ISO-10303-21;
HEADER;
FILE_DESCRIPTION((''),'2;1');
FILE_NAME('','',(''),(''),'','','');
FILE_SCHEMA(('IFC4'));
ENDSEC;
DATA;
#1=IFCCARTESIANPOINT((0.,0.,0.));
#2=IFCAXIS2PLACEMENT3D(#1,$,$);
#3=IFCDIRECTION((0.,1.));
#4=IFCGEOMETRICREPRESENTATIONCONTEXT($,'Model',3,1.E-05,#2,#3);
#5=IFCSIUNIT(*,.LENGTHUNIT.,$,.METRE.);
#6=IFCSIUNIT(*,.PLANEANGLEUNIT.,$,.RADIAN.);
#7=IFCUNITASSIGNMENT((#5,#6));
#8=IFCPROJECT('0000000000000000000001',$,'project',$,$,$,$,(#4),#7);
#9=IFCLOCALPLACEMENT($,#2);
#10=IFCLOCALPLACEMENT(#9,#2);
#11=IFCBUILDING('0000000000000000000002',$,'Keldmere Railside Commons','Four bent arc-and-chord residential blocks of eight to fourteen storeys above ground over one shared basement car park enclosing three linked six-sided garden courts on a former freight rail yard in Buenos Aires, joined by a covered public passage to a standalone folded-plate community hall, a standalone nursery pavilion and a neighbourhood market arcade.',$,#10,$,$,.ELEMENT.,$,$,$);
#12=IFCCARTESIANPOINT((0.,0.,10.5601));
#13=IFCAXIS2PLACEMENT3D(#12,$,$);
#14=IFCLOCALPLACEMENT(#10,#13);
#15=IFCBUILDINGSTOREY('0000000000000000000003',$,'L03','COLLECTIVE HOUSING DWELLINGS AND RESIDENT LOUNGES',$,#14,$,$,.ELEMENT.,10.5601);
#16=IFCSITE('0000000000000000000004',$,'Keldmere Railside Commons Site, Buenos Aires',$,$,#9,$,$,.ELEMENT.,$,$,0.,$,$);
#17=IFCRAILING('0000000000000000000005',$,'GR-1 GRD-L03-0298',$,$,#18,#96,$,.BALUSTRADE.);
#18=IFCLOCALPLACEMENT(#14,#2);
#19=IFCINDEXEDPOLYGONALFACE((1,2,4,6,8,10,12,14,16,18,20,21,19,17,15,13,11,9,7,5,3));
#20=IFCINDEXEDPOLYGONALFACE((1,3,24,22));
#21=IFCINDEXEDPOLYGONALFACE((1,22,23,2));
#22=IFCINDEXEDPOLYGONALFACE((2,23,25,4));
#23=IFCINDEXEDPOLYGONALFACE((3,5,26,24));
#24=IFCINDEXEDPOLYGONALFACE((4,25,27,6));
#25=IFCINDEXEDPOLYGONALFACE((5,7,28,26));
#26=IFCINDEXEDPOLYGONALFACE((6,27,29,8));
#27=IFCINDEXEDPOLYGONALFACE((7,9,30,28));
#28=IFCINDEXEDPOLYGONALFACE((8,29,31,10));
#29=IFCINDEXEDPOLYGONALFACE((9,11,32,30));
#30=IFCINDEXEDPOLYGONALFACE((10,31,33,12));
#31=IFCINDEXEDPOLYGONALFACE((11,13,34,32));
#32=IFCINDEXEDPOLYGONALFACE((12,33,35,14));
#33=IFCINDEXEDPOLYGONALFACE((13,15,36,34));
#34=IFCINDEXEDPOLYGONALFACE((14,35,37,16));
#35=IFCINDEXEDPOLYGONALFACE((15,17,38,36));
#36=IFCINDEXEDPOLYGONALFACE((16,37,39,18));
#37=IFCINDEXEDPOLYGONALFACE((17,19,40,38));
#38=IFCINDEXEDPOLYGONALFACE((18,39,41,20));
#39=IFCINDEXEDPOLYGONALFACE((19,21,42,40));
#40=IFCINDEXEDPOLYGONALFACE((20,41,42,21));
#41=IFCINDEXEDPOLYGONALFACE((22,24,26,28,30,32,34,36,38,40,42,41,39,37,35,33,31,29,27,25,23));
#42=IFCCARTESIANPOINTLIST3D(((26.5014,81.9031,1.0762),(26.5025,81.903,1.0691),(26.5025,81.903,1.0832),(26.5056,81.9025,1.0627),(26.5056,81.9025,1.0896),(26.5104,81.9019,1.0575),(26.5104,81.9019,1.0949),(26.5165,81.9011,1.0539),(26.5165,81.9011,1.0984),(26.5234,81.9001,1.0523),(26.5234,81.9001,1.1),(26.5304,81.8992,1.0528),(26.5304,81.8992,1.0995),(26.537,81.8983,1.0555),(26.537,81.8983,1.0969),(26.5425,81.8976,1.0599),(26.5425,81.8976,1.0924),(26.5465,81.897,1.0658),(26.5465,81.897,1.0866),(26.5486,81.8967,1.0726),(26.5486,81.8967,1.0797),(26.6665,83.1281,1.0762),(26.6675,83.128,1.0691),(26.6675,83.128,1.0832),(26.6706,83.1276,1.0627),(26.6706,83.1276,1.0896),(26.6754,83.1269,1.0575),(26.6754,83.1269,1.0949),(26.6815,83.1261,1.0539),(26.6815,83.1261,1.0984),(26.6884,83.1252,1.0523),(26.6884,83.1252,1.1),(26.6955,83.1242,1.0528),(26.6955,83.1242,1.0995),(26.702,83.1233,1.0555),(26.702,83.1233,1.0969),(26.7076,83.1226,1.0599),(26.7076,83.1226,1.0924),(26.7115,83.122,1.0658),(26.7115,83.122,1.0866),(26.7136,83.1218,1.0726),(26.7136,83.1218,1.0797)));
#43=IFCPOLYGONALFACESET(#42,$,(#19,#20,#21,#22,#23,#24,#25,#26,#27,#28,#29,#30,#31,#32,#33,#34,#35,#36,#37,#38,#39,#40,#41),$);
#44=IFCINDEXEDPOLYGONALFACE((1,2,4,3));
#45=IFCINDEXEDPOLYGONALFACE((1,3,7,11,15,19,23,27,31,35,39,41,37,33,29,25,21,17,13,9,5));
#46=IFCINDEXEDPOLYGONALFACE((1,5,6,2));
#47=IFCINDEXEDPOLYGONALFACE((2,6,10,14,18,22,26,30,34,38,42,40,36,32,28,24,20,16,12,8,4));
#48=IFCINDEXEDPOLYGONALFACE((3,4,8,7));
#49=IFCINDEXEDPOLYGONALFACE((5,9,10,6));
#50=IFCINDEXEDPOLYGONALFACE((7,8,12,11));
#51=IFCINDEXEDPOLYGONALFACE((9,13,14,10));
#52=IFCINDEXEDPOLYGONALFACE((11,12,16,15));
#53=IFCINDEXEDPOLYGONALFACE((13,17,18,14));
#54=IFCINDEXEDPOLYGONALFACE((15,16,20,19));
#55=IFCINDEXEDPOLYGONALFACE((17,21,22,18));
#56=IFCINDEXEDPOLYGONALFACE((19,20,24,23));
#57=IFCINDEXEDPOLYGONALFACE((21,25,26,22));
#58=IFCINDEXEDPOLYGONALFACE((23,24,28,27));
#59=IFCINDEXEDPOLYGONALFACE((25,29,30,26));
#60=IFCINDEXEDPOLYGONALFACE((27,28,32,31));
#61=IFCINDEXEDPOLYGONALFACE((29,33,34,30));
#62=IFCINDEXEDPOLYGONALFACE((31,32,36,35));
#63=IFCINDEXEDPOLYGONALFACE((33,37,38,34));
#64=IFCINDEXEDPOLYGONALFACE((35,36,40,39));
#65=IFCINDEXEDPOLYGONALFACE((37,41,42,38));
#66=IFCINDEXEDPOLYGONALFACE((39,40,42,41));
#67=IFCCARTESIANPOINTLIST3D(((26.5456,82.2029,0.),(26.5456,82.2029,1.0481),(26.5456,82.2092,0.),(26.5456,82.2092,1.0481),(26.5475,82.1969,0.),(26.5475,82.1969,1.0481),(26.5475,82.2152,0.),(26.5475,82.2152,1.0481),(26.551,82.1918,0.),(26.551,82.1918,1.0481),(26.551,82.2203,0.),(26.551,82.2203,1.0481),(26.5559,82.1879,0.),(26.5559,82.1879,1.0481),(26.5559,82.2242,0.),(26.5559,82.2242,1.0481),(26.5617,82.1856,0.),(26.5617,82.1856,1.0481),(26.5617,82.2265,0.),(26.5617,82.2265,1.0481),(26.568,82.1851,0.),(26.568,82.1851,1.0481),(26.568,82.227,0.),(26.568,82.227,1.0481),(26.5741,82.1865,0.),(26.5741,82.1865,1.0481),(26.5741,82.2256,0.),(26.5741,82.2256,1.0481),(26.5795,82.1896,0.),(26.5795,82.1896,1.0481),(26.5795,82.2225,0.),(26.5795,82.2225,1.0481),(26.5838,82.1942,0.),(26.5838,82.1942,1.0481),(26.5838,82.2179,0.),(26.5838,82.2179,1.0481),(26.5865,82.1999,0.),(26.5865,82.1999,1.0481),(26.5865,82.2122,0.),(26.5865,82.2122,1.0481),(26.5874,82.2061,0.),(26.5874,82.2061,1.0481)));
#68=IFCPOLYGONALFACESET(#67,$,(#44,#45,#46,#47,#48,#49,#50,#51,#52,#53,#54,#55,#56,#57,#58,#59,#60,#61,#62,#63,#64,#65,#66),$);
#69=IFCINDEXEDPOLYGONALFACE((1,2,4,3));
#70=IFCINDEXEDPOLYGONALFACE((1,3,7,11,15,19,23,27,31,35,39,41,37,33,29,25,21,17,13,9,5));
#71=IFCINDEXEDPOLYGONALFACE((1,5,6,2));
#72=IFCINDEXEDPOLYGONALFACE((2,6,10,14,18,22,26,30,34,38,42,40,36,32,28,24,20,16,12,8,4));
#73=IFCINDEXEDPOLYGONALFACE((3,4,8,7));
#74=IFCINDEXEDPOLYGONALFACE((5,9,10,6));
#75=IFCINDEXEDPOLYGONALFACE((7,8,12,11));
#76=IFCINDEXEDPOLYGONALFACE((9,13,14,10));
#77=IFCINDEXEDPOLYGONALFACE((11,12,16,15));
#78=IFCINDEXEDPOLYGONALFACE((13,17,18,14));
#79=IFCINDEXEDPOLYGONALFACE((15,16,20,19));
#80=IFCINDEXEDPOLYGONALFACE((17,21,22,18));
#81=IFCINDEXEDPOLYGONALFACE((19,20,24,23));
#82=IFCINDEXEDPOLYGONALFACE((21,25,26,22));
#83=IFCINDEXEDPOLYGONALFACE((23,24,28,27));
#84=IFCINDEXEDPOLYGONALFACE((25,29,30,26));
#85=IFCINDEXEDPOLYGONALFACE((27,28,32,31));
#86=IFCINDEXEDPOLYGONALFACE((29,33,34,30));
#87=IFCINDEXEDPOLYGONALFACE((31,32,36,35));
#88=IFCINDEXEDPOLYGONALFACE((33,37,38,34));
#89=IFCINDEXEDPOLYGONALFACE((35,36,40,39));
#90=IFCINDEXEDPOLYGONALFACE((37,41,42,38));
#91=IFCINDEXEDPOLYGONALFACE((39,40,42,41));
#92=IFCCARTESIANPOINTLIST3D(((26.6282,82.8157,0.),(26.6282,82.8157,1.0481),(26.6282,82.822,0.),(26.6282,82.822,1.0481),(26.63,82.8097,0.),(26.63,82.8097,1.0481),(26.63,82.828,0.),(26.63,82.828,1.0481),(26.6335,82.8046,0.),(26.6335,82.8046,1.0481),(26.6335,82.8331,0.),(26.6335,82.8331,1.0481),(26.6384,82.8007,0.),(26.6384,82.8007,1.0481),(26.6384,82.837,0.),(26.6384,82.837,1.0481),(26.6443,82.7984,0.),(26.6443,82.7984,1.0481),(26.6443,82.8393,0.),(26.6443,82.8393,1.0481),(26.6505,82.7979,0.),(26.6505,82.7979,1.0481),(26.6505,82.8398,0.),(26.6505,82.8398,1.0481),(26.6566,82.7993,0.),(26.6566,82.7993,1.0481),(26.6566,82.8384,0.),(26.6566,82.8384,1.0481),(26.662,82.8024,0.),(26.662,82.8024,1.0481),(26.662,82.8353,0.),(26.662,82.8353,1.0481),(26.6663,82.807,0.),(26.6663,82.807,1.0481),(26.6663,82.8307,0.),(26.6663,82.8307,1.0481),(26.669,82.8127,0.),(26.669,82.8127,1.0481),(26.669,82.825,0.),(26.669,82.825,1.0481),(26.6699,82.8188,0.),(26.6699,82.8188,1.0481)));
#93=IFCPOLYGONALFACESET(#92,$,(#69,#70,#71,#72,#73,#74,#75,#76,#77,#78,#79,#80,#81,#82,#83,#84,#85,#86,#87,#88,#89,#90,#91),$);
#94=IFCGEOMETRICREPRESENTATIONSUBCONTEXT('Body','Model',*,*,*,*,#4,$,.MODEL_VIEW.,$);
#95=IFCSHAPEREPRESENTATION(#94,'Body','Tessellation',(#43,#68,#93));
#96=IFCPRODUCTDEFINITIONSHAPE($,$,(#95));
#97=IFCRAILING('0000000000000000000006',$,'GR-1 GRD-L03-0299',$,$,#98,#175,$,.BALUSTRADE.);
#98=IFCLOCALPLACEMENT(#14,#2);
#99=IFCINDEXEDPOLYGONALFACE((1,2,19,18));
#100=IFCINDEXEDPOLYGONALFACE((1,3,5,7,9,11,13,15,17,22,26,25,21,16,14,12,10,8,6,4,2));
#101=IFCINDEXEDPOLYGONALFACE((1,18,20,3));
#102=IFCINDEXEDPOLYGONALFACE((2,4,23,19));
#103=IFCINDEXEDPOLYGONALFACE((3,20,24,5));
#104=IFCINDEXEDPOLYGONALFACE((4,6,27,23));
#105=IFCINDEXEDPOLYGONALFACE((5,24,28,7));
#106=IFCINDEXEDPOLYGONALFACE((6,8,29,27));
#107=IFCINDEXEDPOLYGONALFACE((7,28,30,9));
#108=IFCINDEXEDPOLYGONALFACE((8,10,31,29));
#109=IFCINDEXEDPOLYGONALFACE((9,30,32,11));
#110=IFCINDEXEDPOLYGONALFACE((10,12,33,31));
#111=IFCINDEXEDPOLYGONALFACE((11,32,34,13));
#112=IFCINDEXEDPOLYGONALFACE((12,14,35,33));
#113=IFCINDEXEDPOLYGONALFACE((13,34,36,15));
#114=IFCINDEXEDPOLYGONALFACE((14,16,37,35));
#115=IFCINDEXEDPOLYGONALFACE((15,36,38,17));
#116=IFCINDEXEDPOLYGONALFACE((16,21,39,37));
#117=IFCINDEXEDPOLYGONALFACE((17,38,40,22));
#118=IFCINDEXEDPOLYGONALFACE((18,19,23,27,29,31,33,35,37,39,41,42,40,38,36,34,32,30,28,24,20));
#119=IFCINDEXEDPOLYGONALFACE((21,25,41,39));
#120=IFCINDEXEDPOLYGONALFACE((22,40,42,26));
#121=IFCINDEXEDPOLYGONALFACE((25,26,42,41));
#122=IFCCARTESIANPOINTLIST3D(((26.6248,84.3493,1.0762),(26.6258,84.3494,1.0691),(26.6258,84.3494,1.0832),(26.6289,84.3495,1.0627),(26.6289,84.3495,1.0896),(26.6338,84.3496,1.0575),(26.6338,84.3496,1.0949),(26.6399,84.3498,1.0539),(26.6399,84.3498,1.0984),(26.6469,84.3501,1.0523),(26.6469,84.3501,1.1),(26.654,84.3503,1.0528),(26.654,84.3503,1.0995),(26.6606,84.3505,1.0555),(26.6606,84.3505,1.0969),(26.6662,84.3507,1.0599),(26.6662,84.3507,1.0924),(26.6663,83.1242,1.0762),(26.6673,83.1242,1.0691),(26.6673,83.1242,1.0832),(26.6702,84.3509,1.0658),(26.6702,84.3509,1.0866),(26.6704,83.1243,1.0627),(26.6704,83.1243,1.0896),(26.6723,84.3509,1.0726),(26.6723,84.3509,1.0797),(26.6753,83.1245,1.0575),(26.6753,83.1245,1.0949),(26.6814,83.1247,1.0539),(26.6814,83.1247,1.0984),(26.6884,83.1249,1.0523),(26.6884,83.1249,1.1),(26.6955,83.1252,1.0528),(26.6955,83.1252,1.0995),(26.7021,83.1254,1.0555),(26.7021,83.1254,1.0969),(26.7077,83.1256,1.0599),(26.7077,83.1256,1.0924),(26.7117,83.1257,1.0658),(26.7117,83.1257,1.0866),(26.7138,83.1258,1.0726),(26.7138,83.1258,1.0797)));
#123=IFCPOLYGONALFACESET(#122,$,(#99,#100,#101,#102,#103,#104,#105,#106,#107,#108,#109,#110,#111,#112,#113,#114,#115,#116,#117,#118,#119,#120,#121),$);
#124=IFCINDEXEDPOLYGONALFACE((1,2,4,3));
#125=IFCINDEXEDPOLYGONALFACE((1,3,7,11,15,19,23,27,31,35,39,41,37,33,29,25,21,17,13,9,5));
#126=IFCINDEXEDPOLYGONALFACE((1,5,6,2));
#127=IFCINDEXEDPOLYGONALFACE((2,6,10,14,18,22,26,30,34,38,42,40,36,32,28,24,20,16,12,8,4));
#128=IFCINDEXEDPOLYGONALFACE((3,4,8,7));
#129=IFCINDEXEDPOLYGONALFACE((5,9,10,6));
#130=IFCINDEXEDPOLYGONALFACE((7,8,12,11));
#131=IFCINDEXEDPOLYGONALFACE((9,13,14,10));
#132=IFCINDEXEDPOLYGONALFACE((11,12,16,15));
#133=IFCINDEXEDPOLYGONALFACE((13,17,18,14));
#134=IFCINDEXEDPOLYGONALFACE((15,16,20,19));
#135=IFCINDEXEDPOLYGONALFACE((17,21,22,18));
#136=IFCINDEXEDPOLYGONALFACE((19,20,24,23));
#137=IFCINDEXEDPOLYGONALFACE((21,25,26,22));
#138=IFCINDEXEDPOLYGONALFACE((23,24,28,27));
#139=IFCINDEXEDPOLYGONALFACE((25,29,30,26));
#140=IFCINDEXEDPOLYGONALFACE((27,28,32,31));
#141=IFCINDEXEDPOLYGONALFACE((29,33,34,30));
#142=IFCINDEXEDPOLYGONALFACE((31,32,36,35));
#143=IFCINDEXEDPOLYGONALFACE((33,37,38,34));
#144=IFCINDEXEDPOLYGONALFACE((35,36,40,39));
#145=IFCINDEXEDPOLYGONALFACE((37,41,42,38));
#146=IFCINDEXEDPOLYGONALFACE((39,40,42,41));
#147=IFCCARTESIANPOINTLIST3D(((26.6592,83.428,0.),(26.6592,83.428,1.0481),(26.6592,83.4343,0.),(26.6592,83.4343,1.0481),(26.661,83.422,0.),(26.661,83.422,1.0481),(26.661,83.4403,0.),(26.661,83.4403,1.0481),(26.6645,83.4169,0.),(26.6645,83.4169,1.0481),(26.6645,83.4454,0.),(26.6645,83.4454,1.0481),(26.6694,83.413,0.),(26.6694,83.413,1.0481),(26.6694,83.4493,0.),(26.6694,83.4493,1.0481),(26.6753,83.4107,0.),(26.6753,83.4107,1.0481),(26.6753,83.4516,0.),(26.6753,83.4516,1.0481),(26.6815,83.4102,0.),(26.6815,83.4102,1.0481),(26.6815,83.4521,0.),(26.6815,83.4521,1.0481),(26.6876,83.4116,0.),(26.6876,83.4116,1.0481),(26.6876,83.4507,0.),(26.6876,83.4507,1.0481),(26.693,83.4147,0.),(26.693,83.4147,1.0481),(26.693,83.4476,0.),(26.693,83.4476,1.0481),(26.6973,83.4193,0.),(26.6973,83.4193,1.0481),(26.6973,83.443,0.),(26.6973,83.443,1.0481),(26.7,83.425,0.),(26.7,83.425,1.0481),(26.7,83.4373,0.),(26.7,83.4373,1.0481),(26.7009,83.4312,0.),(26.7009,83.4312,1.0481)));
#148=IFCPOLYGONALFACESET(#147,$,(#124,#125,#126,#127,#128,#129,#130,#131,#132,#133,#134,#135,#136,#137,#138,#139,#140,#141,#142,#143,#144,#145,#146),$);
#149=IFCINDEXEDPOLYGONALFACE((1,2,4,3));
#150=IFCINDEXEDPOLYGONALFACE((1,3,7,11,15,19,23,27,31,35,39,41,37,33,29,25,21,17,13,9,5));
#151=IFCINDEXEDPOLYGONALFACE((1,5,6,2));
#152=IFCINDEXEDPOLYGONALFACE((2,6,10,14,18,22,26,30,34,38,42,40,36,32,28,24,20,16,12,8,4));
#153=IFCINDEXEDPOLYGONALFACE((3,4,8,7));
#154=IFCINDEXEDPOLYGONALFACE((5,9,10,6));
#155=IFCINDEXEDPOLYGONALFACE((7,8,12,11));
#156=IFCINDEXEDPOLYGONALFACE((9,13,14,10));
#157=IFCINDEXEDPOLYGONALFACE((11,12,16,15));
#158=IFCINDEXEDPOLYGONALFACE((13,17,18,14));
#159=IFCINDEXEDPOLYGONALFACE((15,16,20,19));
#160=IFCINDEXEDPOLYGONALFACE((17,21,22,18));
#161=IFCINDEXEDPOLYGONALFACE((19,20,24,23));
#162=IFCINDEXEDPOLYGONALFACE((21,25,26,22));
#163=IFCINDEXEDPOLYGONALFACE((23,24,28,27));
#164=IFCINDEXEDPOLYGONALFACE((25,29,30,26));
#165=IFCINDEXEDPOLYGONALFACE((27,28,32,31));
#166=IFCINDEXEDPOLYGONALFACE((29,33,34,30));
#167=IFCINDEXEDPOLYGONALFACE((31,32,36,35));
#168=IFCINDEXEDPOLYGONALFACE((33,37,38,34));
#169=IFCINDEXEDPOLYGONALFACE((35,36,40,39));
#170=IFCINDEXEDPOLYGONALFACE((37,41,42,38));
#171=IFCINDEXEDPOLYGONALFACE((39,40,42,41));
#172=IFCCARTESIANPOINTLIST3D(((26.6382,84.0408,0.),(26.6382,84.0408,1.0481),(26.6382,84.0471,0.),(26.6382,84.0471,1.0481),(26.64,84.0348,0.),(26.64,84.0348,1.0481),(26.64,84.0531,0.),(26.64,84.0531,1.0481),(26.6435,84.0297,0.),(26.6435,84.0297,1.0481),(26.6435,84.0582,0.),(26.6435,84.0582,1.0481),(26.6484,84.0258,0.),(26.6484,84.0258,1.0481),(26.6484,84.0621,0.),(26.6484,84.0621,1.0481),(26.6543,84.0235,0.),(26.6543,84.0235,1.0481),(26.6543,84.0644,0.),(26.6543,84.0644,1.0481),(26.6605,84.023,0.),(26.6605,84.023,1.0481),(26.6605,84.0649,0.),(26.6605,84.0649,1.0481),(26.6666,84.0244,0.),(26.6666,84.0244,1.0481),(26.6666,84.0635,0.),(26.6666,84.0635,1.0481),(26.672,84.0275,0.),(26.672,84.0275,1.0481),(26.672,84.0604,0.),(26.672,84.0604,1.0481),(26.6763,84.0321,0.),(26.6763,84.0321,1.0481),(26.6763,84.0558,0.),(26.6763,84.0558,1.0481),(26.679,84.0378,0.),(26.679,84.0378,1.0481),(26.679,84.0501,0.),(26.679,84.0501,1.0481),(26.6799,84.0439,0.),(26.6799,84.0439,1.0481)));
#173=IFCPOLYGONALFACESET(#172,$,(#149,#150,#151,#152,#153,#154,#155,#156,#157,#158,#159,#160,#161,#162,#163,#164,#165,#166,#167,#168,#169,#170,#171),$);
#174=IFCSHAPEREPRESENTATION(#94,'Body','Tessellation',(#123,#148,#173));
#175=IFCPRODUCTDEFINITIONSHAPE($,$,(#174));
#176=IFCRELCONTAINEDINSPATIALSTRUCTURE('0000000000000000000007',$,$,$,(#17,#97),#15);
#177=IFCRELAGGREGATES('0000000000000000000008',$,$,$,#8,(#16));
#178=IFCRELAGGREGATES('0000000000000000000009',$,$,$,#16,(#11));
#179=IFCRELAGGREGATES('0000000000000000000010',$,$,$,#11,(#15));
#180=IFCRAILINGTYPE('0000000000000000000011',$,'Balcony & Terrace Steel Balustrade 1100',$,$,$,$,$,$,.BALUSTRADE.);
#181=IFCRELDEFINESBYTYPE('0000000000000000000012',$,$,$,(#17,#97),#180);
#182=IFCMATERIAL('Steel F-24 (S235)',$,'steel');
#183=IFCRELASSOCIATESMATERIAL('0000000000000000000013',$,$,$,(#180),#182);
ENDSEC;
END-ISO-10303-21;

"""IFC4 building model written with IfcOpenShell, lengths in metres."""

from ifc_helpers import new_model, si_unit, direction, frame, origin, origin_2d, place, context, subcontext, project, spatial, circle, extrude, material, type_object, element, save


model = new_model("IFC4")

# Units and contexts
model_context = context("Model", 3, precision=1e-05, world=origin(), true_north=direction((0.0, 1.0)))
body_context = subcontext(model_context, "Body", "Model", "MODEL_VIEW")
ifc_project = project(units=[si_unit("LENGTHUNIT", "METRE"), si_unit("PLANEANGLEUNIT", "RADIAN")], contexts=[model_context])

# Site, building, storey
site_placement = place(None, origin())
site = spatial("IfcSite", under=ifc_project, at=site_placement, Name="Keldmere Railside Commons Site, Buenos Aires", CompositionType="ELEMENT", RefElevation=0.0)
building_placement = place(site_placement, origin())
building = spatial("IfcBuilding", under=site, at=building_placement, Name="Keldmere Railside Commons", Description="Four bent arc-and-chord residential blocks of eight to fourteen storeys above ground over one shared basement car park enclosing three linked six-sided garden courts on a former freight rail yard in Buenos Aires, joined by a covered public passage to a standalone folded-plate community hall, a standalone nursery pavilion and a neighbourhood market arcade.", CompositionType="ELEMENT")
storey_placement = place(building_placement, frame((0.0, 0.0, 10.5601)))
storey = spatial("IfcBuildingStorey", under=building, at=storey_placement, Name="L03", Description="COLLECTIVE HOUSING DWELLINGS AND RESIDENT LOUNGES", CompositionType="ELEMENT", Elevation=10.5601)

# Railings
ifc_material_1 = material(Name="Steel F-24 (S235)", Category="steel")
railing_type = type_object("IfcRailingType", Name="Balcony & Terrace Steel Balustrade 1100", PredefinedType="BALUSTRADE", material=ifc_material_1)
railing_1_placement = place(storey_placement, frame((26.5251, 81.8999, 0.0)))
element("IfcRailing", 1, at=railing_1_placement, inside=storey, type_object=railing_type, Name="GR-1 GRD-L03-0298", PredefinedType="BALUSTRADE", context=body_context, shape_type="SweptSolid", body=[
    extrude(circle(Radius=0.0239, at=origin_2d()), frame((0.0, 0.0, 1.0762), z_axis=(0.133509, 0.991048, 0.0), x_axis=(-0.991048, 0.133509, 0.0)), (0.0, 0.0, 1.0), 1.2361),
    extrude(circle(Radius=0.021, at=origin_2d()), frame((0.0413, 0.3062, 0.0)), (0.0, 0.0, 1.0), 1.0481),
    extrude(circle(Radius=0.021, at=origin_2d()), frame((0.1238, 0.9189, 0.0)), (0.0, 0.0, 1.0), 1.0481),
])
railing_2_placement = place(storey_placement, frame((26.6902, 83.125, 0.0)))
element("IfcRailing", 2, at=railing_2_placement, inside=storey, type_object=railing_type, Name="GR-1 GRD-L03-0299", PredefinedType="BALUSTRADE", context=body_context, shape_type="SweptSolid", body=[
    extrude(circle(Radius=0.0239, at=origin_2d()), frame((0.0, 0.0, 1.0762), z_axis=(-0.033859, 0.999427, 0.0), x_axis=(-0.999427, -0.033859, 0.0)), (0.0, 0.0, 1.0), 1.2258),
    extrude(circle(Radius=0.021, at=origin_2d()), frame((-0.0103, 0.3062, 0.0)), (0.0, 0.0, 1.0), 1.0481),
    extrude(circle(Radius=0.021, at=origin_2d()), frame((-0.0312, 0.9189, 0.0)), (0.0, 0.0, 1.0), 1.0481),
])

save(model, "model.ifc")
